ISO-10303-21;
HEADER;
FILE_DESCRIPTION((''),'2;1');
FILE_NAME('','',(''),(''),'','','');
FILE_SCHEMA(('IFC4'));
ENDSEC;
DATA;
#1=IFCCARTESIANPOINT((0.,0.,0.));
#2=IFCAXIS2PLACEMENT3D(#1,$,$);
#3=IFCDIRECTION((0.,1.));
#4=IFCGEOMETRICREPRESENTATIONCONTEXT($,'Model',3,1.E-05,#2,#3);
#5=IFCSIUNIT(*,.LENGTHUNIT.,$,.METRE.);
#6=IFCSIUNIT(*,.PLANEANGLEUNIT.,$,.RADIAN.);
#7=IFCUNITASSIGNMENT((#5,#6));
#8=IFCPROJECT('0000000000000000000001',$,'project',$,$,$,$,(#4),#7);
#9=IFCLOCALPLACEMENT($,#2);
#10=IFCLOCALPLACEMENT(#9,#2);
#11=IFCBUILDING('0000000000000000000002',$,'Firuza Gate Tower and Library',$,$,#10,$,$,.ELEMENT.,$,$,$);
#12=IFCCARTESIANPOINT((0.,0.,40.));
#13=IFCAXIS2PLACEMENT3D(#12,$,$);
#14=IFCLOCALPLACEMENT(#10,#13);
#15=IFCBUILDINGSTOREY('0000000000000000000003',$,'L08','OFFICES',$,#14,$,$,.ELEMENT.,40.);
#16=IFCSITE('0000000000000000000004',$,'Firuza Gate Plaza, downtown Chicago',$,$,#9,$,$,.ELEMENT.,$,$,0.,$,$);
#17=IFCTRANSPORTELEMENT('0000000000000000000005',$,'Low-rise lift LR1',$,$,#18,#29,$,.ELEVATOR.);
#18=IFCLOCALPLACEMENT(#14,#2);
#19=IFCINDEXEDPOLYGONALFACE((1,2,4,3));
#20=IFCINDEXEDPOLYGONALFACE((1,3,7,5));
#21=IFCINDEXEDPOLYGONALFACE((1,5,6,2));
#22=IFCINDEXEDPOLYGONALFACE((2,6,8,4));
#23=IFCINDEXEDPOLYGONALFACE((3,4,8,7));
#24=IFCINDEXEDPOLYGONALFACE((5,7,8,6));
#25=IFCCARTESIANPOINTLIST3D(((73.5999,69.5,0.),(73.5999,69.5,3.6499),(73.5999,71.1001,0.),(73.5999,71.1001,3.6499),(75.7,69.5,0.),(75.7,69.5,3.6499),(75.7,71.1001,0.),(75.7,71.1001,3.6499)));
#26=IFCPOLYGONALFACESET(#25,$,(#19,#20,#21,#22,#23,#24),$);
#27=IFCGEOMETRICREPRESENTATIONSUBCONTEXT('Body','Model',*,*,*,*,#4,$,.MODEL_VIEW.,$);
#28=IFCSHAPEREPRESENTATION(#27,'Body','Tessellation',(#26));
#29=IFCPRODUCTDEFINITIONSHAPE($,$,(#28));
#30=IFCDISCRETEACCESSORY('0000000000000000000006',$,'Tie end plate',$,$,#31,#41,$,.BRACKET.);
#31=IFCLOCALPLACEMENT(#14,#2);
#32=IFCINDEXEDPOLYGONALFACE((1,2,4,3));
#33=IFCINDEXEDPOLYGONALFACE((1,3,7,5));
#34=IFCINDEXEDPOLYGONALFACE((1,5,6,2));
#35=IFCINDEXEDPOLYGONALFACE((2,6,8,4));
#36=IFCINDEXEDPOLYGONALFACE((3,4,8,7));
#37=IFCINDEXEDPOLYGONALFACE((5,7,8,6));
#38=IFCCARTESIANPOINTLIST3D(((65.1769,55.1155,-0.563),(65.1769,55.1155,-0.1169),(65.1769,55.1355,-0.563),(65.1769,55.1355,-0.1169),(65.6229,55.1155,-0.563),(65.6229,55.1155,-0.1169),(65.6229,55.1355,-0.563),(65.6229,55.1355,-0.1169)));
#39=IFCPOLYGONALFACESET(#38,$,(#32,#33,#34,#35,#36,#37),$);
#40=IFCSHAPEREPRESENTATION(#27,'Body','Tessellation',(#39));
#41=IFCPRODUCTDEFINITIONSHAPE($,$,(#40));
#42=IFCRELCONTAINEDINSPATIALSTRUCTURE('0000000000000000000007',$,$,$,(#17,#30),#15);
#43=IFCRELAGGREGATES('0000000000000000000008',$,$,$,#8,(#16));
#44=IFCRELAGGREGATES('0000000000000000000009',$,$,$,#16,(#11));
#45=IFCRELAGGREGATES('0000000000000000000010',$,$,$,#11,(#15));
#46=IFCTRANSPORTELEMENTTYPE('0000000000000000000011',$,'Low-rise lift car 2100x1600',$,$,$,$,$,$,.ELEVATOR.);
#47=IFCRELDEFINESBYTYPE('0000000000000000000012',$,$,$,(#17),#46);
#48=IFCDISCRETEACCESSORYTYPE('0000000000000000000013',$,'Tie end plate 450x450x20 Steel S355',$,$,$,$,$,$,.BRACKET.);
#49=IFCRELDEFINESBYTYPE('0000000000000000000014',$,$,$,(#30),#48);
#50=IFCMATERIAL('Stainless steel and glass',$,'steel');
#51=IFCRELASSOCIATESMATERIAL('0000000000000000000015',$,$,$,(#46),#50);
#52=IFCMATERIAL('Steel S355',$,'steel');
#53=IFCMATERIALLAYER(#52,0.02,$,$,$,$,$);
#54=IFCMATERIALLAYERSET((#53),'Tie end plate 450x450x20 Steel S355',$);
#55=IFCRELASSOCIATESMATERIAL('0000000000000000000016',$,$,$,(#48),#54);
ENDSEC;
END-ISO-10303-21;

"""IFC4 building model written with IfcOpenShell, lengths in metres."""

from ifc_helpers import new_model, si_unit, direction, frame, origin, origin_2d, place, context, subcontext, project, spatial, rectangle, extrude, material, layer, layer_set, type_object, element, save


model = new_model("IFC4")

# Units and contexts
model_context = context("Model", 3, precision=1e-05, world=origin(), true_north=direction((0.0, 1.0)))
body_context = subcontext(model_context, "Body", "Model", "MODEL_VIEW")
ifc_project = project(units=[si_unit("LENGTHUNIT", "METRE"), si_unit("PLANEANGLEUNIT", "RADIAN")], contexts=[model_context])

# Site, building, storey
site_placement = place(None, origin())
site = spatial("IfcSite", under=ifc_project, at=site_placement, Name="Firuza Gate Plaza, downtown Chicago", CompositionType="ELEMENT", RefElevation=0.0)
building_placement = place(site_placement, origin())
building = spatial("IfcBuilding", under=site, at=building_placement, Name="Firuza Gate Tower and Library", CompositionType="ELEMENT")
storey_placement = place(building_placement, frame((0.0, 0.0, 40.0)))
storey = spatial("IfcBuildingStorey", under=building, at=storey_placement, Name="L08", Description="OFFICES", CompositionType="ELEMENT", Elevation=40.0)

# Transport element
ifc_material_1 = material(Name="Stainless steel and glass", Category="steel")
transport_element_type = type_object("IfcTransportElementType", Name="Low-rise lift car 2100x1600", PredefinedType="ELEVATOR", material=ifc_material_1)
transport_element_placement = place(storey_placement, frame((74.6499, 70.3, 0.0), z_axis=(0.0, 0.0, 1.0), x_axis=(1.0, 0.0, 0.0)))
element("IfcTransportElement", 1, at=transport_element_placement, inside=storey, type_object=transport_element_type, Name="Low-rise lift LR1", PredefinedType="ELEVATOR", context=body_context, shape_type="SweptSolid", body=[
    extrude(rectangle(XDim=2.1001, YDim=1.6001, at=origin_2d()), origin(), (0.0, 0.0, 1.0), 3.6499),
])

# Discrete accessory
ifc_material_2 = material(Name="Steel S355", Category="steel")
ifc_layer_1 = layer(ifc_material_2, 0.02)
ifc_layer_set_1 = layer_set([ifc_layer_1], Name="Tie end plate 450x450x20 Steel S355")
discrete_accessory_type = type_object("IfcDiscreteAccessoryType", Name="Tie end plate 450x450x20 Steel S355", PredefinedType="BRACKET", material=ifc_layer_set_1)
discrete_accessory_placement = place(storey_placement, frame((65.3999, 55.1255, -0.563), z_axis=(0.0, 0.0, 1.0), x_axis=(0.0, 1.0, 0.0)))
element("IfcDiscreteAccessory", 2, at=discrete_accessory_placement, inside=storey, type_object=discrete_accessory_type, Name="Tie end plate", PredefinedType="BRACKET", context=body_context, shape_type="SweptSolid", body=[
    extrude(rectangle(XDim=0.02, YDim=0.446, at=origin_2d()), origin(), (0.0, 0.0, 1.0), 0.446),
])

save(model, "model.ifc")
